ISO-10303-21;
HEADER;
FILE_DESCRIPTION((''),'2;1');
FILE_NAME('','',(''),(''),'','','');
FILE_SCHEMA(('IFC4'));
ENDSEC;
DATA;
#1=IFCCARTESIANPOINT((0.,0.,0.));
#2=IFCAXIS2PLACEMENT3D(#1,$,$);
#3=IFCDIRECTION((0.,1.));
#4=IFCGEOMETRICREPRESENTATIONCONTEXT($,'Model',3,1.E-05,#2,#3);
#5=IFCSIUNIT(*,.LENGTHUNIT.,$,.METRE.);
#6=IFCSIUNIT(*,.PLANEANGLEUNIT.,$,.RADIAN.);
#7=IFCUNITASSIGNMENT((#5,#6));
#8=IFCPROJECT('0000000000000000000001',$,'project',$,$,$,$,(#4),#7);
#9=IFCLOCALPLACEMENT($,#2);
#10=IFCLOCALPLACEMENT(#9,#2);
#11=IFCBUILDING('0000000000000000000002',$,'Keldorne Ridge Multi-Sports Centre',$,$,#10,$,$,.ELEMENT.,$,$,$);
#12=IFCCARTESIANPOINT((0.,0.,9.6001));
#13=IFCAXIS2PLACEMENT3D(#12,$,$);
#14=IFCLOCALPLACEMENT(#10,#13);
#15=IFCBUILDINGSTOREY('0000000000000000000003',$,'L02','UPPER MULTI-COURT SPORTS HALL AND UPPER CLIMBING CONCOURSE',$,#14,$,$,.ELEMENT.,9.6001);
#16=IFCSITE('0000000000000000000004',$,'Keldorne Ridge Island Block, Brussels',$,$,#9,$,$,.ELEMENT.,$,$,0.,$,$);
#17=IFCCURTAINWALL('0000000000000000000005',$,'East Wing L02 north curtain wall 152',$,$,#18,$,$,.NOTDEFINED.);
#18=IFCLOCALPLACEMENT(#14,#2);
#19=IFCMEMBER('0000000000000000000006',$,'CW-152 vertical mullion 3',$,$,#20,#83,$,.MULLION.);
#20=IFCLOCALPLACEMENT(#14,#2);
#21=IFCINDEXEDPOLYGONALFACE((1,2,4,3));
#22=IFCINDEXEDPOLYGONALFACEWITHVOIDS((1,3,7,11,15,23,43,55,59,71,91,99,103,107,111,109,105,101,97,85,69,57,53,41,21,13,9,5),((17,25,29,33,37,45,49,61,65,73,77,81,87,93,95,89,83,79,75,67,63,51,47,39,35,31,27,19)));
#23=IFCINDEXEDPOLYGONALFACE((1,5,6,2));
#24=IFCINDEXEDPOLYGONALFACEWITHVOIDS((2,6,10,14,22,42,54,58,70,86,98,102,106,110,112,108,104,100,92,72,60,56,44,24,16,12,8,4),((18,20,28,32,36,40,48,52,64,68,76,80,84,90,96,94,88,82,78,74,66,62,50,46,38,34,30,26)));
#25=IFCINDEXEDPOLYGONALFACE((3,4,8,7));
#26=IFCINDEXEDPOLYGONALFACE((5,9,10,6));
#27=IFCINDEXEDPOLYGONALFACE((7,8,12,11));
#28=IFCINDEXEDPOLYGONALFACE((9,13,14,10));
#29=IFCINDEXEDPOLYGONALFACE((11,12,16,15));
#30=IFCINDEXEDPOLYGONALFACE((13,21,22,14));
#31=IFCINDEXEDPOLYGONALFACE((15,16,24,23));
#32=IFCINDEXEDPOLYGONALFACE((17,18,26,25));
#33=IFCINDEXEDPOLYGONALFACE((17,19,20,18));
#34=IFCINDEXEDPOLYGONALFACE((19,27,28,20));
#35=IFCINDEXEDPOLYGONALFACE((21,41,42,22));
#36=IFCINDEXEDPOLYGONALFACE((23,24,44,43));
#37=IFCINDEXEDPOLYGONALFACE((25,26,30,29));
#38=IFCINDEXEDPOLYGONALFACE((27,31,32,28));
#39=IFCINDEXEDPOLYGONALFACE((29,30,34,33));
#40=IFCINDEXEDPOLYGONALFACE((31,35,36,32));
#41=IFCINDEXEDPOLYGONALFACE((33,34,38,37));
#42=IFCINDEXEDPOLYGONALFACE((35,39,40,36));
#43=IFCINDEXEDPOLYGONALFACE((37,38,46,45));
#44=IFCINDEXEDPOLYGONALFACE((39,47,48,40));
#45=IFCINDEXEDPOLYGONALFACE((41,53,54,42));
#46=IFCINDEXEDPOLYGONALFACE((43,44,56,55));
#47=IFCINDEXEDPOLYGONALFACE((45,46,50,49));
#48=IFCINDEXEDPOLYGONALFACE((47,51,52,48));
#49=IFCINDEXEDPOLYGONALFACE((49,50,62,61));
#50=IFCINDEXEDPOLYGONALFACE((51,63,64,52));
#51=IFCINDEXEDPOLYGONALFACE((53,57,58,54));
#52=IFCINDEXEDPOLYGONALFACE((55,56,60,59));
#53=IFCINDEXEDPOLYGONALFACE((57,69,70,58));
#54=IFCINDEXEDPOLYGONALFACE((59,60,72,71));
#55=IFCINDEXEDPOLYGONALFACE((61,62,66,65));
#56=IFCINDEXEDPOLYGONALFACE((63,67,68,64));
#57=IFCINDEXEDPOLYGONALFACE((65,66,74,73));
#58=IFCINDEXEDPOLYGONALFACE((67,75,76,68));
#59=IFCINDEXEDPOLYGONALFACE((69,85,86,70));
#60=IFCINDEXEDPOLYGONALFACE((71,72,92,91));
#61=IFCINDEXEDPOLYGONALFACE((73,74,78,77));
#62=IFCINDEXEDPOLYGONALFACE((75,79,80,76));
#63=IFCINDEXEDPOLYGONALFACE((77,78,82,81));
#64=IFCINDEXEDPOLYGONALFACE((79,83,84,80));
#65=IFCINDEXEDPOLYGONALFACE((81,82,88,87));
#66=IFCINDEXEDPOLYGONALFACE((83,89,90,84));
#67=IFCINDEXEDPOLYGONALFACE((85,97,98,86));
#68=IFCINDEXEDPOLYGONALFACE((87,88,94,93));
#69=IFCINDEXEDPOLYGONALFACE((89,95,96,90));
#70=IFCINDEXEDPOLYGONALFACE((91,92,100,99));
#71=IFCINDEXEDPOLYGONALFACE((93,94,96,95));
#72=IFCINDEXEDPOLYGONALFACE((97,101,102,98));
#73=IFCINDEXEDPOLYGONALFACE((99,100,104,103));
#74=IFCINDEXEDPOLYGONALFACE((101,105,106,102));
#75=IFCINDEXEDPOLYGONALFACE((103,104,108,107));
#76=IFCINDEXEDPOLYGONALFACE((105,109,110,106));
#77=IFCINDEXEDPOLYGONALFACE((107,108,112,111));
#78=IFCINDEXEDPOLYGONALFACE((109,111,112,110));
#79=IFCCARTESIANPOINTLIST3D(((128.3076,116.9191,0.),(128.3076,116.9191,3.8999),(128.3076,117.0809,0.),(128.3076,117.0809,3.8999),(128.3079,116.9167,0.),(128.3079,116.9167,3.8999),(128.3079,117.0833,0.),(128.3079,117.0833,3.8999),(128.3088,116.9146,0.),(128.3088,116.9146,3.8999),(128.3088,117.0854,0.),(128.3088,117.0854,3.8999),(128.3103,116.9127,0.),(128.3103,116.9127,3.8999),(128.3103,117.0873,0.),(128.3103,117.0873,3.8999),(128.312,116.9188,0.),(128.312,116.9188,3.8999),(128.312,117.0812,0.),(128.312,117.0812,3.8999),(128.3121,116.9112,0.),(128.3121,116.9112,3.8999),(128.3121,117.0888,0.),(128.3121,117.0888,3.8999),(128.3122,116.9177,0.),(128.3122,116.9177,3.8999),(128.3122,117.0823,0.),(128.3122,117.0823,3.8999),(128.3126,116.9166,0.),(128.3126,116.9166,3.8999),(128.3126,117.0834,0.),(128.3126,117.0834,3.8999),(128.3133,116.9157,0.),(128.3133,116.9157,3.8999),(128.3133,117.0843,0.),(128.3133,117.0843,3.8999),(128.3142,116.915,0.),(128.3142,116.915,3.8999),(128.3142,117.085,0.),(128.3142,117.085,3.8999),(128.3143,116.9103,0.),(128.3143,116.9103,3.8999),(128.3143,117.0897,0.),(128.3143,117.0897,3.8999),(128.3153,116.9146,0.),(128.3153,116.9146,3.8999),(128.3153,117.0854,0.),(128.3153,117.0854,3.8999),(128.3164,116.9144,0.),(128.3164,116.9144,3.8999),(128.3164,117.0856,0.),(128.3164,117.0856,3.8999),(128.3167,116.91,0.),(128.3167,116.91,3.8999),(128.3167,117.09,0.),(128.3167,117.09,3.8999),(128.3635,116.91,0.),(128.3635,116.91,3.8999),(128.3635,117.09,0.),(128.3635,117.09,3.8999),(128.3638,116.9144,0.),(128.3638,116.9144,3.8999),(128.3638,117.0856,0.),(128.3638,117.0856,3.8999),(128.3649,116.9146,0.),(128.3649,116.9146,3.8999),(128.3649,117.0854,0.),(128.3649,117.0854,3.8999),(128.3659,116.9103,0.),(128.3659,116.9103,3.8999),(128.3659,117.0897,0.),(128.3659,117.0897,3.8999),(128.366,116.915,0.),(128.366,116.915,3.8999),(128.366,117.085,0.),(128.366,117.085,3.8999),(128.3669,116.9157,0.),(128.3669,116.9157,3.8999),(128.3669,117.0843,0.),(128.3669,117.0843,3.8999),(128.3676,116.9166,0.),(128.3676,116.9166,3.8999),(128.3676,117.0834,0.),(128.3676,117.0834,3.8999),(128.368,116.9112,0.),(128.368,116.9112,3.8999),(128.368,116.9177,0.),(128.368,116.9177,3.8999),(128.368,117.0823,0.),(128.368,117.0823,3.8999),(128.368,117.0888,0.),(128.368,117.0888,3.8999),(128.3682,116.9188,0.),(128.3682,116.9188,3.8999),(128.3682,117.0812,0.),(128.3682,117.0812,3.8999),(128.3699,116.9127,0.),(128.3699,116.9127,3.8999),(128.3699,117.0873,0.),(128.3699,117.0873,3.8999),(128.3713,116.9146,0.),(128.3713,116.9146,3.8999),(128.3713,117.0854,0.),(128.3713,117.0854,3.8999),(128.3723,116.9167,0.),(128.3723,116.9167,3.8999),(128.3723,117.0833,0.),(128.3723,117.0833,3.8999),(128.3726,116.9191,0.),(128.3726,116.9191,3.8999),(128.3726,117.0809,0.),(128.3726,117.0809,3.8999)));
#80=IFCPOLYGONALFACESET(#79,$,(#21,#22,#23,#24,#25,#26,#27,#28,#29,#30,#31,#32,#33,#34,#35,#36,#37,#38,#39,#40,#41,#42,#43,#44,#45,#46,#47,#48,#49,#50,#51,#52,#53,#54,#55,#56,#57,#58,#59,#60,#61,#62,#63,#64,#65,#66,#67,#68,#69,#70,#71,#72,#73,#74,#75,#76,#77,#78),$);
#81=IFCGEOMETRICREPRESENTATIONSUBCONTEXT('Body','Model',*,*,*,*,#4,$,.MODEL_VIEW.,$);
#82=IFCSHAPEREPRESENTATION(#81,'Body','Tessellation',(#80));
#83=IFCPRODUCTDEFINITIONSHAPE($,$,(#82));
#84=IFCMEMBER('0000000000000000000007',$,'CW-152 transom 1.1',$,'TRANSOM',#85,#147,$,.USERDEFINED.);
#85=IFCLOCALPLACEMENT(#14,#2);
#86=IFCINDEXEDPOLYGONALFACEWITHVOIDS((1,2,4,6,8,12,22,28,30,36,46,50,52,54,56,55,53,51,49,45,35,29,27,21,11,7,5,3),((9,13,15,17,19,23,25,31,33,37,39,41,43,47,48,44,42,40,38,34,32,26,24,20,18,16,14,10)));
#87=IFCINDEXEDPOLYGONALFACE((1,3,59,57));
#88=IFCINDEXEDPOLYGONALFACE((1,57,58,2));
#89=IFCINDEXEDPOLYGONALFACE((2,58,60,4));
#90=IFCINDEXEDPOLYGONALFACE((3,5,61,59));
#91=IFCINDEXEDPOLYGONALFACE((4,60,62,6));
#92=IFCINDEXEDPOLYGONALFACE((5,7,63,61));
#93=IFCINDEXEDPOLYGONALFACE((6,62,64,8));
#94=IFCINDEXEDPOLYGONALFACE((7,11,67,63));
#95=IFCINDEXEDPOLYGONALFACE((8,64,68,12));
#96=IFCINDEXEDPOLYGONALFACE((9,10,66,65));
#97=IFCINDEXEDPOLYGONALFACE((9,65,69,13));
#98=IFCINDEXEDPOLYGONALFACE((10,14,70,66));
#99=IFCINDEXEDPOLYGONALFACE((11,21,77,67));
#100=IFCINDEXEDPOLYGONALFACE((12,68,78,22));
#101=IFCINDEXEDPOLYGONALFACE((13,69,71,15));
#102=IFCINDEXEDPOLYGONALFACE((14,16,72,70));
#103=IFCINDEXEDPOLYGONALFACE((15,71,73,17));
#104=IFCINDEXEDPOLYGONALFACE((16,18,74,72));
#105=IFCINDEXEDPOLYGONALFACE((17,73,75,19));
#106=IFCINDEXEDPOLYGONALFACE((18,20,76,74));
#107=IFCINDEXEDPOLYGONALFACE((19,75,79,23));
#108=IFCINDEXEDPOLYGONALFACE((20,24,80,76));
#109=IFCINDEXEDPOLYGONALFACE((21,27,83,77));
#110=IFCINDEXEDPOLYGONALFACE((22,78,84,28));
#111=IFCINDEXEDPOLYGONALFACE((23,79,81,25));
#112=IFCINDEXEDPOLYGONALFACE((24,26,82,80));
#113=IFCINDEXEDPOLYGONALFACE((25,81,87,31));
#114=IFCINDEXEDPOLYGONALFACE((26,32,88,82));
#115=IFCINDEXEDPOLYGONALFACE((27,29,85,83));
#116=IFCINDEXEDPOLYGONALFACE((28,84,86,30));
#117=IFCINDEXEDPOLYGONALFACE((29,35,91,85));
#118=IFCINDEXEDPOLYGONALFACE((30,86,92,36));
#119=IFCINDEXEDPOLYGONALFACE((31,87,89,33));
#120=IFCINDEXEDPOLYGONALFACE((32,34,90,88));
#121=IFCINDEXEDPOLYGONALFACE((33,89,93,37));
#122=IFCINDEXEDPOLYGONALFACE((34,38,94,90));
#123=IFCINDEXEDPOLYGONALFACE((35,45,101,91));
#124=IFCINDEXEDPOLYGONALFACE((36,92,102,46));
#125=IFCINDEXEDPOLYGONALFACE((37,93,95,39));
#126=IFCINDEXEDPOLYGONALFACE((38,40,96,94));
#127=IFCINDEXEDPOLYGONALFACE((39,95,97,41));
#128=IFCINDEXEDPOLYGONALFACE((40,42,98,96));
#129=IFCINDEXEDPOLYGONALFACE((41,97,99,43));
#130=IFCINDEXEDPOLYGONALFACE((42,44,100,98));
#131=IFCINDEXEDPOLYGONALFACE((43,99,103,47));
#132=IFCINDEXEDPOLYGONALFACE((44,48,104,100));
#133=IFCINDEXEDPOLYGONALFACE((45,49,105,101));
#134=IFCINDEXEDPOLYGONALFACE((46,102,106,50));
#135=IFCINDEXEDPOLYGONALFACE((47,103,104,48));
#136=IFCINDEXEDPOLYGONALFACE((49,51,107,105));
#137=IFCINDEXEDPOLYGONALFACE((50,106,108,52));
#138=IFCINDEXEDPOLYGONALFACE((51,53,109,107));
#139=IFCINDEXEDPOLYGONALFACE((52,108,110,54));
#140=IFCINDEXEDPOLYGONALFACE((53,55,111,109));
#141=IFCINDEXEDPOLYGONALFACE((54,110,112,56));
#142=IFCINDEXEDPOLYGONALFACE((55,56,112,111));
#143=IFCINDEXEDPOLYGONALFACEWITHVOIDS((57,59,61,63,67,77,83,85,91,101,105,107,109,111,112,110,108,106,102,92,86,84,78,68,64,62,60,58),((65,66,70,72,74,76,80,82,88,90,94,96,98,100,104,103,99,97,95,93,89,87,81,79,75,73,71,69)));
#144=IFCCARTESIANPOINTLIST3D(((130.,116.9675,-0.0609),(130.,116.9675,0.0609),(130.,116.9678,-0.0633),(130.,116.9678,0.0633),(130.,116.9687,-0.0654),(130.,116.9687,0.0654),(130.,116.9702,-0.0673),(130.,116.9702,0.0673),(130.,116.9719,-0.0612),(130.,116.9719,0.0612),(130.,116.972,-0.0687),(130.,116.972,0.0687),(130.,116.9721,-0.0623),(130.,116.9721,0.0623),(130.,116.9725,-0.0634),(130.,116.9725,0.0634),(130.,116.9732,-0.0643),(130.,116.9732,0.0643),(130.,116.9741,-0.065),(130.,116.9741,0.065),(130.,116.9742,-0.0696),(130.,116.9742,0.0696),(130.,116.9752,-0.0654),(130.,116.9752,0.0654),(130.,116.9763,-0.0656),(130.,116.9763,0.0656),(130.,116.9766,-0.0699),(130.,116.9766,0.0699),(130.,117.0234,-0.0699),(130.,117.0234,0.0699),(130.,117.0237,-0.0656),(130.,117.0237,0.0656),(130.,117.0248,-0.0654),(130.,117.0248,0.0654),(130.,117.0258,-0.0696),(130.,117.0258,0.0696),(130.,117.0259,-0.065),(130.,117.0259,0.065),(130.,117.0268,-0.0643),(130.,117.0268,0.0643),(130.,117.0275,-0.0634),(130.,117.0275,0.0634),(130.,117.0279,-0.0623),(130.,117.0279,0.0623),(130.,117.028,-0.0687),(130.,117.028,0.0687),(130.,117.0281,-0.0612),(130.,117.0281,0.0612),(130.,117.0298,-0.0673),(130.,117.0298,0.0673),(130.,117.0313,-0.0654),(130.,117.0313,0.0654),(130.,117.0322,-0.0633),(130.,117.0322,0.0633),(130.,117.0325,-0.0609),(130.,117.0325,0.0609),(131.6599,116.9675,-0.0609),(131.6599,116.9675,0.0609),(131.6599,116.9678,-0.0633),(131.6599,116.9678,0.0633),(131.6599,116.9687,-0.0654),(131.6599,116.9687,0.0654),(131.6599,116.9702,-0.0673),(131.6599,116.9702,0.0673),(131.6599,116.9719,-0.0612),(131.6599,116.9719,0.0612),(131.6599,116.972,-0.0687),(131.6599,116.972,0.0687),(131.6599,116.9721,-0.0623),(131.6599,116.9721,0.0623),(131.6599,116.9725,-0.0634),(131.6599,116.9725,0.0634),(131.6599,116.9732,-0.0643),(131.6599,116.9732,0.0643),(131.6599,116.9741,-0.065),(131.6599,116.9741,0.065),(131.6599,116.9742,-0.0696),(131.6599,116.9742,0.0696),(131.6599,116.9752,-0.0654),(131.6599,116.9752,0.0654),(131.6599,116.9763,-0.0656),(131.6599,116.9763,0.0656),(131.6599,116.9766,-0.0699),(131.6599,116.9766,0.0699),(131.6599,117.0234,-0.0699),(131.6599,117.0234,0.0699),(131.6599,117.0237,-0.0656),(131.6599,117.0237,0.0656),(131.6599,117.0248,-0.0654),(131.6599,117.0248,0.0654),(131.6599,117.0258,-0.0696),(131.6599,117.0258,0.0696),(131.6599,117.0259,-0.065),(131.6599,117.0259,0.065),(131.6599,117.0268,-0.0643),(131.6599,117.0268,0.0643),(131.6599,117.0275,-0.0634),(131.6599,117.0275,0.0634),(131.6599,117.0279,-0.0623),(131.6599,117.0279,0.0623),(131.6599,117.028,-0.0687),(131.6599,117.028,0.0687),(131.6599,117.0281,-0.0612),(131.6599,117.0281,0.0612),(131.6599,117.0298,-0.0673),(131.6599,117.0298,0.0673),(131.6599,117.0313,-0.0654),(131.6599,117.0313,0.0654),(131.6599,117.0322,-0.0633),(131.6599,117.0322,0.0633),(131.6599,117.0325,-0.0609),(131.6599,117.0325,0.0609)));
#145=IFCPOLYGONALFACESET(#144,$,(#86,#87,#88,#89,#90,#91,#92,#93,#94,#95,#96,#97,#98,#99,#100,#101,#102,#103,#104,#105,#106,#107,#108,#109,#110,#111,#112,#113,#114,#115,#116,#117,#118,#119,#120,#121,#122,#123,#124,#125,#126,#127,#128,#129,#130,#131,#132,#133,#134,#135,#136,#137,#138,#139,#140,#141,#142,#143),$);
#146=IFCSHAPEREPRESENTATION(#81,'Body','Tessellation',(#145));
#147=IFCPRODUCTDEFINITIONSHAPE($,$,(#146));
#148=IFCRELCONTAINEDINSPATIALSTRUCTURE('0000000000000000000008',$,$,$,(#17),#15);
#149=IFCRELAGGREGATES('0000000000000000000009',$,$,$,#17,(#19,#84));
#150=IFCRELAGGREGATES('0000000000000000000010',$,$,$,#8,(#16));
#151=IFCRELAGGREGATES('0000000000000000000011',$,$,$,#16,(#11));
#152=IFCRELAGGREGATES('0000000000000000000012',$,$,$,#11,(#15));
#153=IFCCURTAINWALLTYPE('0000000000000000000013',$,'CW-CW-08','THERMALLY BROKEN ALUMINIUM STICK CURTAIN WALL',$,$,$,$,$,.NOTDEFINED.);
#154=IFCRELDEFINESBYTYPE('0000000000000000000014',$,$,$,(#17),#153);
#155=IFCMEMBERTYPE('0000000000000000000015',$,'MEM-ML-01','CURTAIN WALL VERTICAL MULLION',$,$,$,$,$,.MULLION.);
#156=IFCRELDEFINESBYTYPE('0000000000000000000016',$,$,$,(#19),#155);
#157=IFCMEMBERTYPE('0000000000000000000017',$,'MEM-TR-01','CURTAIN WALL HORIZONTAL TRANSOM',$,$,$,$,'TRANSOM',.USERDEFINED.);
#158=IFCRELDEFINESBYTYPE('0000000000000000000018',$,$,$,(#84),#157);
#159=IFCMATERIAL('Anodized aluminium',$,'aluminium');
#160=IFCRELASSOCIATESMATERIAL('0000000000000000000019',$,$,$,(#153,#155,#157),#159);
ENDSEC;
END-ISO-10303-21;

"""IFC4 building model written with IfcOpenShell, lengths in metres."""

from ifc_helpers import new_model, si_unit, direction, frame, origin, origin_2d, place, context, subcontext, project, spatial, hollow_rectangle, extrude, material, material_profile, profile_set, type_object, element, aggregate, save


model = new_model("IFC4")

# Units and contexts
model_context = context("Model", 3, precision=1e-05, world=origin(), true_north=direction((0.0, 1.0)))
body_context = subcontext(model_context, "Body", "Model", "MODEL_VIEW")
ifc_project = project(units=[si_unit("LENGTHUNIT", "METRE"), si_unit("PLANEANGLEUNIT", "RADIAN")], contexts=[model_context])

# Site, building, storey
site_placement = place(None, origin())
site = spatial("IfcSite", under=ifc_project, at=site_placement, Name="Keldorne Ridge Island Block, Brussels", CompositionType="ELEMENT", RefElevation=0.0)
building_placement = place(site_placement, origin())
building = spatial("IfcBuilding", under=site, at=building_placement, Name="Keldorne Ridge Multi-Sports Centre", CompositionType="ELEMENT")
storey_placement = place(building_placement, frame((0.0, 0.0, 9.6001)))
storey = spatial("IfcBuildingStorey", under=building, at=storey_placement, Name="L02", Description="UPPER MULTI-COURT SPORTS HALL AND UPPER CLIMBING CONCOURSE", CompositionType="ELEMENT", Elevation=9.6001)

# Curtain wall, members
ifc_material_1 = material(Name="Anodized aluminium", Category="aluminium")
curtain_wall_type = type_object("IfcCurtainWallType", Name="CW-CW-08", Description="THERMALLY BROKEN ALUMINIUM STICK CURTAIN WALL", PredefinedType="NOTDEFINED", material=ifc_material_1)
curtain_wall_placement = place(storey_placement, origin())
curtain_wall = element("IfcCurtainWall", 1, at=curtain_wall_placement, inside=storey, type_object=curtain_wall_type, Name="East Wing L02 north curtain wall 152", PredefinedType="NOTDEFINED")
ifc_material_profile_1 = material_profile(ifc_material_1, hollow_rectangle(XDim=0.0649, YDim=0.1799, WallThickness=0.0044, InnerFilletRadius=0.0044, OuterFilletRadius=0.009, at=origin_2d()), Name="ALU MULLION 180x65x4.5")
ifc_profile_set_1 = profile_set([ifc_material_profile_1], Name="Anodized aluminium")
member_type_1 = type_object("IfcMemberType", Name="MEM-ML-01", Description="CURTAIN WALL VERTICAL MULLION", PredefinedType="MULLION", material=ifc_profile_set_1)
member_1_placement = place(storey_placement, frame((128.3401, 117.0, 0.0), z_axis=(0.0, 0.0, 1.0), x_axis=(1.0, 0.0, 0.0)))
member_1 = element("IfcMember", 2, at=member_1_placement, type_object=member_type_1, Name="CW-152 vertical mullion 3", PredefinedType="MULLION", context=body_context, shape_type="SweptSolid", body=[
    extrude(hollow_rectangle(XDim=0.0649, YDim=0.1799, WallThickness=0.0044, InnerFilletRadius=0.0044, OuterFilletRadius=0.009, at=origin_2d()), origin(), (0.0, 0.0, 1.0), 3.8999),
])
ifc_material_profile_2 = material_profile(ifc_material_1, hollow_rectangle(XDim=0.0649, YDim=0.1399, WallThickness=0.0044, InnerFilletRadius=0.0044, OuterFilletRadius=0.009, at=origin_2d()), Name="ALU TRANSOM 140x65x4.5")
ifc_profile_set_2 = profile_set([ifc_material_profile_2], Name="Anodized aluminium")
member_type_2 = type_object("IfcMemberType", Name="MEM-TR-01", Description="CURTAIN WALL HORIZONTAL TRANSOM", ElementType="TRANSOM", PredefinedType="USERDEFINED", material=ifc_profile_set_2)
member_2_placement = place(storey_placement, frame((131.6599, 117.0, 0.0), z_axis=(-1.0, 0.0, 0.0), x_axis=(0.0, -1.0, 0.0)))
member_2 = element("IfcMember", 3, at=member_2_placement, type_object=member_type_2, Name="CW-152 transom 1.1", ObjectType="TRANSOM", PredefinedType="USERDEFINED", context=body_context, shape_type="SweptSolid", body=[
    extrude(hollow_rectangle(XDim=0.0649, YDim=0.1399, WallThickness=0.0044, InnerFilletRadius=0.0044, OuterFilletRadius=0.009, at=origin_2d()), origin(), (0.0, 0.0, 1.0), 1.6599),
])
aggregate(curtain_wall, [member_1, member_2])

save(model, "model.ifc")
